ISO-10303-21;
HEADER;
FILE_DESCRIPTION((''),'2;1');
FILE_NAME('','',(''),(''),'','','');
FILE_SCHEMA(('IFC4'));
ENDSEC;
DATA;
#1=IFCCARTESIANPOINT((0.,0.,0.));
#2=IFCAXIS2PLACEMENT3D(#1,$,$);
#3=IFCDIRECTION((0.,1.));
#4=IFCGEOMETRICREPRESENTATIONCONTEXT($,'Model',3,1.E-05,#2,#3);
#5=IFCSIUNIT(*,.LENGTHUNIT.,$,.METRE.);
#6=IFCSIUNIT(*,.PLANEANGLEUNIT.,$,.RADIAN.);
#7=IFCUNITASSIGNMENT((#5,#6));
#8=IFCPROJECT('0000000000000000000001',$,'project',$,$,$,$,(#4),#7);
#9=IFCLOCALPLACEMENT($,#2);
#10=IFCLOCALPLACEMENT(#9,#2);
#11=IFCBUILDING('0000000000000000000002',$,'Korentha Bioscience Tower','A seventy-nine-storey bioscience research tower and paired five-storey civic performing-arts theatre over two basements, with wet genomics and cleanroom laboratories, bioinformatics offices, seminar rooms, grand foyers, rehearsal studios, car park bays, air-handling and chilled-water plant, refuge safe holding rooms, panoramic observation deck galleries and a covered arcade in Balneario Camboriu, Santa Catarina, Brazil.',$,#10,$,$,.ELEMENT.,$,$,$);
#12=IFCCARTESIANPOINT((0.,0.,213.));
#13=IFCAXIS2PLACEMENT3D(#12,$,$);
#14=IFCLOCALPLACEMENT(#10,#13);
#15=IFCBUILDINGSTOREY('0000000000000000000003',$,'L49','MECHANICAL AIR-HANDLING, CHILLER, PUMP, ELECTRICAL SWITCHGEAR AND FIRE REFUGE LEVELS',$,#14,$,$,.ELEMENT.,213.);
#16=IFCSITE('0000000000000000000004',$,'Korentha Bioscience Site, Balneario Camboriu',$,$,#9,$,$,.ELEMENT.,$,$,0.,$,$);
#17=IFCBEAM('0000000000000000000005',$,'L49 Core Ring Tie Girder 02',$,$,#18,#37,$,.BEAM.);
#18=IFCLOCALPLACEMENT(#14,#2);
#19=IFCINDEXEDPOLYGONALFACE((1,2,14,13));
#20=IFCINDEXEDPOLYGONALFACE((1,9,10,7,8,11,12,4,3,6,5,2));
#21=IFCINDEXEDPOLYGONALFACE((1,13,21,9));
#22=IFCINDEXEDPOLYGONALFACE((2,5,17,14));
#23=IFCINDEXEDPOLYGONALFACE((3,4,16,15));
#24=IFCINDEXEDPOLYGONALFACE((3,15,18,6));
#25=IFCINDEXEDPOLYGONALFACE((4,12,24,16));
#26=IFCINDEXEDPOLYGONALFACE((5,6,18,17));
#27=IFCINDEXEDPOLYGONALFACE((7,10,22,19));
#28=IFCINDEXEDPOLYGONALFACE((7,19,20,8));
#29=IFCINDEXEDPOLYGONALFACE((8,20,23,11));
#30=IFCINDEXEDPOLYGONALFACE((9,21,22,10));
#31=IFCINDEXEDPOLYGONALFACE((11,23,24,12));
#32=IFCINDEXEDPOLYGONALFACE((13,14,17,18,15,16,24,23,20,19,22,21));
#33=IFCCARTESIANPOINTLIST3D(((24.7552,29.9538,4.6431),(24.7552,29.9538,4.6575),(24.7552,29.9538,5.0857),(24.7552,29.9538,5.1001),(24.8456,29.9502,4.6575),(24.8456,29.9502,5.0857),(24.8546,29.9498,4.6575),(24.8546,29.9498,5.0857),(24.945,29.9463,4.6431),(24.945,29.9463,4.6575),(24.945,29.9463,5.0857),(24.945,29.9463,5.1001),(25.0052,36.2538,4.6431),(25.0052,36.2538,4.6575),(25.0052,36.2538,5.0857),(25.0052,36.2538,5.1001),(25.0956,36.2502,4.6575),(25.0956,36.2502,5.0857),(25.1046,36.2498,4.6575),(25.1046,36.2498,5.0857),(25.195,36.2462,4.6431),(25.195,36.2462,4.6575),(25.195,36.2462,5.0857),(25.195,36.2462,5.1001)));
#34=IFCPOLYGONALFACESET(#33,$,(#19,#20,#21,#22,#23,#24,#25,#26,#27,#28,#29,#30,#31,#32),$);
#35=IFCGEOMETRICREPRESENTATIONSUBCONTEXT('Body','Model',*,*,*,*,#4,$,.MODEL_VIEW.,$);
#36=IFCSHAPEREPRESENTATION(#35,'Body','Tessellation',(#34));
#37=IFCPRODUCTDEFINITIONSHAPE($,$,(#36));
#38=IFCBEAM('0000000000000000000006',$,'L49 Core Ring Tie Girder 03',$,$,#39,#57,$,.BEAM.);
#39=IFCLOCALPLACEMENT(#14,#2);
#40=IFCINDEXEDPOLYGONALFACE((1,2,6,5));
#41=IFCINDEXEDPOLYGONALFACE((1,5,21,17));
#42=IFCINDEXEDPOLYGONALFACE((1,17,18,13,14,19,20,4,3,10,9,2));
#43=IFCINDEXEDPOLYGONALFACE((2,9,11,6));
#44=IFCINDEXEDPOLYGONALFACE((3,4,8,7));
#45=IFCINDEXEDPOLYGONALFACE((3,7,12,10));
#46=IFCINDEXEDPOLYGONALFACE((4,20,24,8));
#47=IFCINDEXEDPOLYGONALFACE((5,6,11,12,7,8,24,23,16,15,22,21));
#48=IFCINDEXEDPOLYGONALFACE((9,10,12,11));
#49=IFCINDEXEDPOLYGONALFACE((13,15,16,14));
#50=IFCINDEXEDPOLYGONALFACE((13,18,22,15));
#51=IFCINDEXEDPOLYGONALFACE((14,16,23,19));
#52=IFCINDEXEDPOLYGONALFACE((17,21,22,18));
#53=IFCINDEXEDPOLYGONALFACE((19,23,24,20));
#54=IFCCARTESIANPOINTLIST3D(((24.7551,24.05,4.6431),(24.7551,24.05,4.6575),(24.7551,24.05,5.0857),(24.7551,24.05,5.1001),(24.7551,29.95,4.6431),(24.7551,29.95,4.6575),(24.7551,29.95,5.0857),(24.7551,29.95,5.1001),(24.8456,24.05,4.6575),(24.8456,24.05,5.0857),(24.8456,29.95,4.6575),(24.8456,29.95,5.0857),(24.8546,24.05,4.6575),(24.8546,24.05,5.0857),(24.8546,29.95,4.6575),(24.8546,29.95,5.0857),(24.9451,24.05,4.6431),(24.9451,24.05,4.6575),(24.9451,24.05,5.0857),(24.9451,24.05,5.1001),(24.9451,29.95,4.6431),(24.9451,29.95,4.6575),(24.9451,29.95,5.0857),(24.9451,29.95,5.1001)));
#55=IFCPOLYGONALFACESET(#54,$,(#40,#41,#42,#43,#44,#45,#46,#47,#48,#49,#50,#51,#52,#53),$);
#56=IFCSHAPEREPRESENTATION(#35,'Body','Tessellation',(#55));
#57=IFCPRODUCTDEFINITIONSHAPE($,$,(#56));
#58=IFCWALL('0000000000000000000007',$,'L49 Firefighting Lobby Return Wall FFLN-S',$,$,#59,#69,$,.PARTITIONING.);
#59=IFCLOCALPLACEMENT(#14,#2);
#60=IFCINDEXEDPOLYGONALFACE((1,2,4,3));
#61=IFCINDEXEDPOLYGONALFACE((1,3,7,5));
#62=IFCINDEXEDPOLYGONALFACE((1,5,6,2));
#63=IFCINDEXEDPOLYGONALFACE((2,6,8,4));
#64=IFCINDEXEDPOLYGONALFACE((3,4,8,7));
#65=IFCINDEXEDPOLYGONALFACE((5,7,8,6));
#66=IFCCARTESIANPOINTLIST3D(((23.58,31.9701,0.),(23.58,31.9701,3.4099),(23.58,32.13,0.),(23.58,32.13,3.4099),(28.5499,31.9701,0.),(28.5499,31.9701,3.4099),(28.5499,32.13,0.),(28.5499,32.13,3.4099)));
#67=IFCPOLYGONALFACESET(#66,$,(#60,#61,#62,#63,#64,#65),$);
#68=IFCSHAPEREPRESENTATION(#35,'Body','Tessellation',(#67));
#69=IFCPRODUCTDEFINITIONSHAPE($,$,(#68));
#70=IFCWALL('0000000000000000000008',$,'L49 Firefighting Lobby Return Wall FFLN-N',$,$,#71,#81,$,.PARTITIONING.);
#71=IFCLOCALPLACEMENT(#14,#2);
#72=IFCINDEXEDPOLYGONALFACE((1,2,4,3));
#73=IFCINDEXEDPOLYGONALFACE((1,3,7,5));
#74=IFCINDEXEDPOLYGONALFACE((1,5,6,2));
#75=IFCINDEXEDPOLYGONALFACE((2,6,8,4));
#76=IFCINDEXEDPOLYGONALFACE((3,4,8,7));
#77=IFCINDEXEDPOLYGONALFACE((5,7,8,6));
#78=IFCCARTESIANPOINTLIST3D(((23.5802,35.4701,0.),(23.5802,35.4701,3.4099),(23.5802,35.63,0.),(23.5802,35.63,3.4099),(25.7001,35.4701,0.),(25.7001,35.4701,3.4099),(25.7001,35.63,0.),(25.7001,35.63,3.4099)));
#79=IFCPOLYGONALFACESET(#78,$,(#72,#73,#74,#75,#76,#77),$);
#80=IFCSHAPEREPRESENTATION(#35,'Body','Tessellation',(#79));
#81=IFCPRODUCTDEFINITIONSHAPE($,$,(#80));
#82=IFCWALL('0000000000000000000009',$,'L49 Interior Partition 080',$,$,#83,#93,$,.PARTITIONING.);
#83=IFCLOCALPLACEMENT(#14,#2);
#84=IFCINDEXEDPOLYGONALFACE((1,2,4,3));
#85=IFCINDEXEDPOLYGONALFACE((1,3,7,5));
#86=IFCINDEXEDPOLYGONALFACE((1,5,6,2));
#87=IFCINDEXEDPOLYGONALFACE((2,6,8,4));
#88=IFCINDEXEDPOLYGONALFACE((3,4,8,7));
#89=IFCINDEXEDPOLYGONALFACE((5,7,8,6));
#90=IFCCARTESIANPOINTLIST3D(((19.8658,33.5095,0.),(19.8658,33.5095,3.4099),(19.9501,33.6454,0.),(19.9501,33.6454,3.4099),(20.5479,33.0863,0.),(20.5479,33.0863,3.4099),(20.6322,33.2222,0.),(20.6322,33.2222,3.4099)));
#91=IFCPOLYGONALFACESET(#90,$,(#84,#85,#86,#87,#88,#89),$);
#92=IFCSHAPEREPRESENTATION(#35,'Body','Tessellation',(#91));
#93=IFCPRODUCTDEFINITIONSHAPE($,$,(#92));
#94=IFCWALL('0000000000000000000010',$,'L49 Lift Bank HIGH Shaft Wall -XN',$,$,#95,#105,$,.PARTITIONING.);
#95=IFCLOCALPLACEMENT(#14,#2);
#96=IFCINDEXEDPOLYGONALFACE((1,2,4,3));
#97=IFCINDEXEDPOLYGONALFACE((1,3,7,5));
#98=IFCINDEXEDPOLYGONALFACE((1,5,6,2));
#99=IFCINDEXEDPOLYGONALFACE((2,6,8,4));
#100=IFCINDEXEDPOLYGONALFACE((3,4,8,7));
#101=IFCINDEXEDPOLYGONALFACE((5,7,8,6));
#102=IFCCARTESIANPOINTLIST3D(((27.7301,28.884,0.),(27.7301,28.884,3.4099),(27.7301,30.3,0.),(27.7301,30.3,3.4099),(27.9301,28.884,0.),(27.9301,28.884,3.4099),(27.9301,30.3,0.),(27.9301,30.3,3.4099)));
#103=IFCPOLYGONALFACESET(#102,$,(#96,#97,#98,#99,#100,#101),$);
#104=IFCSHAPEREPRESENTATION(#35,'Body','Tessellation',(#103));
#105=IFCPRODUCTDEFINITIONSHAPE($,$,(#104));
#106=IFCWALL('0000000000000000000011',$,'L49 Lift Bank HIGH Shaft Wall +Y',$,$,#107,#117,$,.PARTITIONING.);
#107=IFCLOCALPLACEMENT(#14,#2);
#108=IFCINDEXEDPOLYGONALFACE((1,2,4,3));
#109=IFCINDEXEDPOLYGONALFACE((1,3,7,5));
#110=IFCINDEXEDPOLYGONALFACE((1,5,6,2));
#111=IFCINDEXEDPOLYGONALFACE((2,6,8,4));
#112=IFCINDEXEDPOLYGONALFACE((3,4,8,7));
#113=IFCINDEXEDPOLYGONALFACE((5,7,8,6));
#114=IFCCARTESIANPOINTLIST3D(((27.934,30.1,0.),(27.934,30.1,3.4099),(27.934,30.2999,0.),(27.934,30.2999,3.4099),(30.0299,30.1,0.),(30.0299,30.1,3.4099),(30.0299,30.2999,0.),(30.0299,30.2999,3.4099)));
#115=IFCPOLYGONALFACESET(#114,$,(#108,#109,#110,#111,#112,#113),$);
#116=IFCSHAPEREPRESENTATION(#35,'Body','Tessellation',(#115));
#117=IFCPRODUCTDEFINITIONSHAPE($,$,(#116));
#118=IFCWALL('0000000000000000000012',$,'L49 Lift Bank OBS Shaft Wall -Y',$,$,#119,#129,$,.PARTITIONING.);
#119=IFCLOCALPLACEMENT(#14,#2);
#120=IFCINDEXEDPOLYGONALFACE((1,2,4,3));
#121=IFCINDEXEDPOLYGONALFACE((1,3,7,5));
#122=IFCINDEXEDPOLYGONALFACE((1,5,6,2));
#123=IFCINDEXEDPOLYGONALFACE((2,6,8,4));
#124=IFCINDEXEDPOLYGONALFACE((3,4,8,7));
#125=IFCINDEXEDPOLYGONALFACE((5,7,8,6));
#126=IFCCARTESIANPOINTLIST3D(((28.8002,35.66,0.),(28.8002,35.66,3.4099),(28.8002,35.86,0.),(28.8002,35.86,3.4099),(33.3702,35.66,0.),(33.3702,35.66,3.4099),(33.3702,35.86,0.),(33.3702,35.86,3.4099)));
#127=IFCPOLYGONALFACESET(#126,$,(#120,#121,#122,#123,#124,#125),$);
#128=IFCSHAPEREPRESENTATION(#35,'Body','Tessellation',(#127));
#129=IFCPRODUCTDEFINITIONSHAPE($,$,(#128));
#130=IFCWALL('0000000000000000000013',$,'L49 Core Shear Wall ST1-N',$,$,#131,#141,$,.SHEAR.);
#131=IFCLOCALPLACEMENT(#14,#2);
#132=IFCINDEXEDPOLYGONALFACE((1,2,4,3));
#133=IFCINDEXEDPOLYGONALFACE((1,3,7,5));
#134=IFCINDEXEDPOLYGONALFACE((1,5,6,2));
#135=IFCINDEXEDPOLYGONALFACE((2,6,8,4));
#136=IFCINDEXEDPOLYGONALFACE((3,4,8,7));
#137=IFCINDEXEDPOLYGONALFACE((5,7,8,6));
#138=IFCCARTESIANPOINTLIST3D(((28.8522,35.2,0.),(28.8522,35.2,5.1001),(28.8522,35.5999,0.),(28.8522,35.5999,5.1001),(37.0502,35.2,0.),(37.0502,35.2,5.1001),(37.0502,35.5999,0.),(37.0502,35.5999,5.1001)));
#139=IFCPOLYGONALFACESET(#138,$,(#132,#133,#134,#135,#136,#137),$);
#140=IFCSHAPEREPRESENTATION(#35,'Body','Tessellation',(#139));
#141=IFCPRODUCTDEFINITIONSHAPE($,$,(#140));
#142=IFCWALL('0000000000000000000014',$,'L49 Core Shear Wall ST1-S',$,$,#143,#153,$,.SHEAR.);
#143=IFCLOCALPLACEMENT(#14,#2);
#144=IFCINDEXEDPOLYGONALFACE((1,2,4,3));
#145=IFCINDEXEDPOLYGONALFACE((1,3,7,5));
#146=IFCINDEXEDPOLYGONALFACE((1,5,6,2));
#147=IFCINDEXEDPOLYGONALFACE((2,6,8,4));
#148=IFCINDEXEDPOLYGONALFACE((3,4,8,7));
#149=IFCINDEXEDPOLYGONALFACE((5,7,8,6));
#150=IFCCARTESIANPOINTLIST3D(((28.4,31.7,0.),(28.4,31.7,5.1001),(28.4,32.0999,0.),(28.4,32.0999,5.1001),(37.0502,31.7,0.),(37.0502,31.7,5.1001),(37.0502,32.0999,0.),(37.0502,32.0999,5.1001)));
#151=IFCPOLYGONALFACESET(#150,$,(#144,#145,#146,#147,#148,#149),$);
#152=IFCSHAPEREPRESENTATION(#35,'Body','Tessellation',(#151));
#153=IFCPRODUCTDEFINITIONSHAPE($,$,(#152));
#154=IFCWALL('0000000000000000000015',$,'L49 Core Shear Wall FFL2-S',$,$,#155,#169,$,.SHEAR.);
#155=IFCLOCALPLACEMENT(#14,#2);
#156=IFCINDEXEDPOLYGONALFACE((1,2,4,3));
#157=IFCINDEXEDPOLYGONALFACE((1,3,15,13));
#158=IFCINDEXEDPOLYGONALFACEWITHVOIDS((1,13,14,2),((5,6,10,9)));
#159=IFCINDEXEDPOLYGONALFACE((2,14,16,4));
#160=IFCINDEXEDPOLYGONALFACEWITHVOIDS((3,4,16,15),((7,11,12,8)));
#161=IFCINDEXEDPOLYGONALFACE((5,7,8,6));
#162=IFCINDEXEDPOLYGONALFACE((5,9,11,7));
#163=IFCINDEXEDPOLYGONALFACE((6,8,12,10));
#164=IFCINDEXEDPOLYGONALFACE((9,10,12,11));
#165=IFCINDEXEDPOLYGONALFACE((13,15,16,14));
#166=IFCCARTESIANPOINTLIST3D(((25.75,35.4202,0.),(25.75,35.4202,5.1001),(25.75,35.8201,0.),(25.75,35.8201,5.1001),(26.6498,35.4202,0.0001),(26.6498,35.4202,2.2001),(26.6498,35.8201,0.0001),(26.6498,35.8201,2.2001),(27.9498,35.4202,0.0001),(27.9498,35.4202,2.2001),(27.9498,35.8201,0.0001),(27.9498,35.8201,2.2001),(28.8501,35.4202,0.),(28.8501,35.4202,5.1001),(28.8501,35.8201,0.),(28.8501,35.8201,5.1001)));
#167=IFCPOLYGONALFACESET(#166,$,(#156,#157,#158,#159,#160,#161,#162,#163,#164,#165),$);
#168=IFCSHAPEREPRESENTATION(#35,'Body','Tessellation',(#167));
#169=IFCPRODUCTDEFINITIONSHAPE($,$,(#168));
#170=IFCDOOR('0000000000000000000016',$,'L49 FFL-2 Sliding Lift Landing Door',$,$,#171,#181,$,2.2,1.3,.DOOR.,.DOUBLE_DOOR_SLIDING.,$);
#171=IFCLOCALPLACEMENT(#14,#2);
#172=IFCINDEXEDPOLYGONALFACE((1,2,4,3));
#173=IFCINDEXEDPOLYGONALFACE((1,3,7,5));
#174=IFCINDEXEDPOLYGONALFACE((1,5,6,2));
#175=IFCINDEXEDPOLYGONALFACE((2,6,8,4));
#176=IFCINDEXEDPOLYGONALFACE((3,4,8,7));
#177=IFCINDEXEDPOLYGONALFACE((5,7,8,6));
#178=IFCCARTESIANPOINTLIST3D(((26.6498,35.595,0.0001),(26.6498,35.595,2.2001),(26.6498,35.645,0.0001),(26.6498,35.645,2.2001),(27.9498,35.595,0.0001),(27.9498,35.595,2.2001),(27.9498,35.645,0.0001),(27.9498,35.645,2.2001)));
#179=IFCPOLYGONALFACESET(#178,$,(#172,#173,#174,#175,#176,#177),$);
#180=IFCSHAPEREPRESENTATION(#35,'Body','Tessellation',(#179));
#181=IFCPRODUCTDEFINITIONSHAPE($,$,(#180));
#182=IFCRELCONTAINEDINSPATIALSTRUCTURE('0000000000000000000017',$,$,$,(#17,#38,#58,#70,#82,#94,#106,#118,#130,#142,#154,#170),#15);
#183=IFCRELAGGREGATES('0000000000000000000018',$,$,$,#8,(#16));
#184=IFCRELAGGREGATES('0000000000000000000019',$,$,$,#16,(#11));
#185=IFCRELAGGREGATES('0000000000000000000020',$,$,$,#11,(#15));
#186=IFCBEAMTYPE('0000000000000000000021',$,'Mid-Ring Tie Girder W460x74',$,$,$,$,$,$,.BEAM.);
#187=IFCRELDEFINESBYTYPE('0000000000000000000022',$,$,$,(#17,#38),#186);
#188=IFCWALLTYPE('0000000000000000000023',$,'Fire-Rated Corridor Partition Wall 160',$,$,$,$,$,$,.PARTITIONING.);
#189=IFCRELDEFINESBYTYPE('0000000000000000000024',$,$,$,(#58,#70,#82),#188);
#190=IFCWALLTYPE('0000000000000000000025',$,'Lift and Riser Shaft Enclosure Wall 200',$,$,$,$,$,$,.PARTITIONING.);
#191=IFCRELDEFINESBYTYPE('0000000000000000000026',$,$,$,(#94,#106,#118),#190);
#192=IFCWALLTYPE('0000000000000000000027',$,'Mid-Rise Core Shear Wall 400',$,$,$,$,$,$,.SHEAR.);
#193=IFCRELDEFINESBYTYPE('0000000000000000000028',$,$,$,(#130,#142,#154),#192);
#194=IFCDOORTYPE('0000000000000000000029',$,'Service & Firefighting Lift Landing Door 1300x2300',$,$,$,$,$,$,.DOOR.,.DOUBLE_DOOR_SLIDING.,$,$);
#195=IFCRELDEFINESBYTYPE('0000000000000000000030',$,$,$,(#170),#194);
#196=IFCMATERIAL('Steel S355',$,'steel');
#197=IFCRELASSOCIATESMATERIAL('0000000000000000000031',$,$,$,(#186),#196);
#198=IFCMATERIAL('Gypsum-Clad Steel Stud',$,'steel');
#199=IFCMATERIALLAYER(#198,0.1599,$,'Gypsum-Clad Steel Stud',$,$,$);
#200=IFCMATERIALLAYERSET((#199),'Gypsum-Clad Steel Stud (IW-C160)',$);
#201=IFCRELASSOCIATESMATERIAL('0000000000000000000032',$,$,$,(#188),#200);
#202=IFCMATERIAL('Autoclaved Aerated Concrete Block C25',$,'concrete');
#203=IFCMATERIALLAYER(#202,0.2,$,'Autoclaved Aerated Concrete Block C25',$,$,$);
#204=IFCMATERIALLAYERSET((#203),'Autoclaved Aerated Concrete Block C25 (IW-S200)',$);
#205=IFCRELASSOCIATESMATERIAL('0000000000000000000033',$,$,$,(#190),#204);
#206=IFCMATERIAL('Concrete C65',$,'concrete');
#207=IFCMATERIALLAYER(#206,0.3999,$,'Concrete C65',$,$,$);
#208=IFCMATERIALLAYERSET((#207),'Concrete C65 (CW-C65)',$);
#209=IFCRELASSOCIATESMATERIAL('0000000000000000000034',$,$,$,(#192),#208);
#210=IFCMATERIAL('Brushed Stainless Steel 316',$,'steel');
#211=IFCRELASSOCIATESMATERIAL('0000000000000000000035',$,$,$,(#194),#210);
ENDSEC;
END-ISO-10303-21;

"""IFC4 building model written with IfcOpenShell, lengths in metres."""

from ifc_helpers import new_model, si_unit, direction, frame, frame_2d, origin, origin_2d, place, context, subcontext, project, spatial, rectangle, i_section, extrude, material, layer, layer_set, material_profile, profile_set, type_object, element, fill, save


model = new_model("IFC4")

# Units and contexts
model_context = context("Model", 3, precision=1e-05, world=origin(), true_north=direction((0.0, 1.0)))
body_context = subcontext(model_context, "Body", "Model", "MODEL_VIEW")
ifc_project = project(units=[si_unit("LENGTHUNIT", "METRE"), si_unit("PLANEANGLEUNIT", "RADIAN")], contexts=[model_context])

# Site, building, storey
site_placement = place(None, origin())
site = spatial("IfcSite", under=ifc_project, at=site_placement, Name="Korentha Bioscience Site, Balneario Camboriu", CompositionType="ELEMENT", RefElevation=0.0)
building_placement = place(site_placement, origin())
building = spatial("IfcBuilding", under=site, at=building_placement, Name="Korentha Bioscience Tower", Description="A seventy-nine-storey bioscience research tower and paired five-storey civic performing-arts theatre over two basements, with wet genomics and cleanroom laboratories, bioinformatics offices, seminar rooms, grand foyers, rehearsal studios, car park bays, air-handling and chilled-water plant, refuge safe holding rooms, panoramic observation deck galleries and a covered arcade in Balneario Camboriu, Santa Catarina, Brazil.", CompositionType="ELEMENT")
storey_placement = place(building_placement, frame((0.0, 0.0, 213.0)))
storey = spatial("IfcBuildingStorey", under=building, at=storey_placement, Name="L49", Description="MECHANICAL AIR-HANDLING, CHILLER, PUMP, ELECTRICAL SWITCHGEAR AND FIRE REFUGE LEVELS", CompositionType="ELEMENT", Elevation=213.0)

# Shared definitions
ifc_material_1 = material(Name="Concrete C65", Category="concrete")

# Beams
ifc_material_2 = material(Name="Steel S355", Category="steel")
ifc_material_profile_1 = material_profile(ifc_material_2, i_section(OverallWidth=0.1899, OverallDepth=0.457, WebThickness=0.009, FlangeThickness=0.0144, at=origin_2d()), Name="Steel S355")
ifc_profile_set_1 = profile_set([ifc_material_profile_1], Name="Steel S355 (MB-460)")
beam_type_1 = type_object("IfcBeamType", Name="Mid-Ring Tie Girder W460x74", PredefinedType="BEAM", material=ifc_profile_set_1)
beam_1_placement = place(storey_placement, frame((25.1001, 36.25, 4.8716), z_axis=(-0.039651, -0.999214, 0.0), x_axis=(0.999214, -0.039651, 0.0)))
element("IfcBeam", 1, at=beam_1_placement, inside=storey, type_object=beam_type_1, Name="L49 Core Ring Tie Girder 02", PredefinedType="BEAM", context=body_context, shape_type="SweptSolid", body=[
    extrude(i_section(OverallWidth=0.1899, OverallDepth=0.457, WebThickness=0.009, FlangeThickness=0.0144, at=origin_2d()), origin(), (0.0, 0.0, 1.0), 6.3049),
])
beam_2_placement = place(storey_placement, frame((24.8501, 29.95, 4.8716), z_axis=(0.0, -1.0, 0.0), x_axis=(1.0, 0.0, 0.0)))
element("IfcBeam", 2, at=beam_2_placement, inside=storey, type_object=beam_type_1, Name="L49 Core Ring Tie Girder 03", PredefinedType="BEAM", context=body_context, shape_type="SweptSolid", body=[
    extrude(i_section(OverallWidth=0.1899, OverallDepth=0.457, WebThickness=0.009, FlangeThickness=0.0144, at=origin_2d()), origin(), (0.0, 0.0, 1.0), 5.8999),
])

# Shared definitions
ifc_material_3 = material(Name="Gypsum-Clad Steel Stud", Category="steel")
ifc_layer_1 = layer(ifc_material_3, 0.1599, Name="Gypsum-Clad Steel Stud")
ifc_layer_set_1 = layer_set([ifc_layer_1], Name="Gypsum-Clad Steel Stud (IW-C160)")
wall_type_1 = type_object("IfcWallType", Name="Fire-Rated Corridor Partition Wall 160", PredefinedType="PARTITIONING", material=ifc_layer_set_1)

# Walls
wall_1_placement = place(storey_placement, frame((23.5801, 32.05, 0.0), z_axis=(0.0, 0.0, 1.0), x_axis=(1.0, 0.0, 0.0)))
element("IfcWall", 3, at=wall_1_placement, inside=storey, type_object=wall_type_1, Name="L49 Firefighting Lobby Return Wall FFLN-S", PredefinedType="PARTITIONING", context=body_context, shape_type="SweptSolid", body=[
    extrude(rectangle(XDim=4.97, YDim=0.1599, at=frame_2d((2.4849, 0.0))), origin(), (0.0, 0.0, 1.0), 3.4099),
])
wall_2_placement = place(storey_placement, frame((23.5801, 35.55, 0.0), z_axis=(0.0, 0.0, 1.0), x_axis=(1.0, 0.0, 0.0)))
element("IfcWall", 4, at=wall_2_placement, inside=storey, type_object=wall_type_1, Name="L49 Firefighting Lobby Return Wall FFLN-N", PredefinedType="PARTITIONING", context=body_context, shape_type="SweptSolid", body=[
    extrude(rectangle(XDim=2.1199, YDim=0.1599, at=frame_2d((1.0601, 0.0))), origin(), (0.0, 0.0, 1.0), 3.4099),
])
wall_3_placement = place(storey_placement, frame((20.5901, 33.1543, 0.0), z_axis=(0.0, 0.0, 1.0), x_axis=(-0.849805, 0.527098, 0.0)))
element("IfcWall", 5, at=wall_3_placement, inside=storey, type_object=wall_type_1, Name="L49 Interior Partition 080", PredefinedType="PARTITIONING", context=body_context, shape_type="SweptSolid", body=[
    extrude(rectangle(XDim=0.8027, YDim=0.1599, at=frame_2d((0.4014, 0.0))), origin(), (0.0, 0.0, 1.0), 3.4099),
])
ifc_material_4 = material(Name="Autoclaved Aerated Concrete Block C25", Category="concrete")
ifc_layer_2 = layer(ifc_material_4, 0.2, Name="Autoclaved Aerated Concrete Block C25")
ifc_layer_set_2 = layer_set([ifc_layer_2], Name="Autoclaved Aerated Concrete Block C25 (IW-S200)")
wall_type_2 = type_object("IfcWallType", Name="Lift and Riser Shaft Enclosure Wall 200", PredefinedType="PARTITIONING", material=ifc_layer_set_2)
wall_4_placement = place(storey_placement, frame((27.8301, 28.884, 0.0), z_axis=(0.0, 0.0, 1.0), x_axis=(0.0, 1.0, 0.0)))
element("IfcWall", 6, at=wall_4_placement, inside=storey, type_object=wall_type_2, Name="L49 Lift Bank HIGH Shaft Wall -XN", PredefinedType="PARTITIONING", context=body_context, shape_type="SweptSolid", body=[
    extrude(rectangle(XDim=1.416, YDim=0.2, at=frame_2d((0.708, 0.0))), origin(), (0.0, 0.0, 1.0), 3.4099),
])
wall_5_placement = place(storey_placement, frame((27.9341, 30.2, 0.0), z_axis=(0.0, 0.0, 1.0), x_axis=(1.0, 0.0, 0.0)))
element("IfcWall", 7, at=wall_5_placement, inside=storey, type_object=wall_type_2, Name="L49 Lift Bank HIGH Shaft Wall +Y", PredefinedType="PARTITIONING", context=body_context, shape_type="SweptSolid", body=[
    extrude(rectangle(XDim=2.0959, YDim=0.2, at=frame_2d((1.0479, 0.0))), origin(), (0.0, 0.0, 1.0), 3.4099),
])
wall_6_placement = place(storey_placement, frame((28.8, 35.76, 0.0), z_axis=(0.0, 0.0, 1.0), x_axis=(1.0, 0.0, 0.0)))
element("IfcWall", 8, at=wall_6_placement, inside=storey, type_object=wall_type_2, Name="L49 Lift Bank OBS Shaft Wall -Y", PredefinedType="PARTITIONING", context=body_context, shape_type="SweptSolid", body=[
    extrude(rectangle(XDim=4.5701, YDim=0.2, at=frame_2d((2.2852, 0.0))), origin(), (0.0, 0.0, 1.0), 3.4099),
])
ifc_layer_3 = layer(ifc_material_1, 0.3999, Name="Concrete C65")
ifc_layer_set_3 = layer_set([ifc_layer_3], Name="Concrete C65 (CW-C65)")
wall_type_3 = type_object("IfcWallType", Name="Mid-Rise Core Shear Wall 400", PredefinedType="SHEAR", material=ifc_layer_set_3)
wall_7_placement = place(storey_placement, frame((28.8521, 35.3999, 0.0), z_axis=(0.0, 0.0, 1.0), x_axis=(1.0, 0.0, 0.0)))
element("IfcWall", 9, at=wall_7_placement, inside=storey, type_object=wall_type_3, Name="L49 Core Shear Wall ST1-N", PredefinedType="SHEAR", context=body_context, shape_type="SweptSolid", body=[
    extrude(rectangle(XDim=8.198, YDim=0.3999, at=frame_2d((4.0991, 0.0))), origin(), (0.0, 0.0, 1.0), 5.1001),
])
wall_8_placement = place(storey_placement, frame((28.3999, 31.8999, 0.0), z_axis=(0.0, 0.0, 1.0), x_axis=(1.0, 0.0, 0.0)))
element("IfcWall", 10, at=wall_8_placement, inside=storey, type_object=wall_type_3, Name="L49 Core Shear Wall ST1-S", PredefinedType="SHEAR", context=body_context, shape_type="SweptSolid", body=[
    extrude(rectangle(XDim=8.6501, YDim=0.3999, at=frame_2d((4.3252, 0.0))), origin(), (0.0, 0.0, 1.0), 5.1001),
])

# Wall, opening, door
wall_9_placement = place(storey_placement, frame((25.75, 35.6201, 0.0), z_axis=(0.0, 0.0, 1.0), x_axis=(1.0, 0.0, 0.0)))
wall_9 = element("IfcWall", 11, at=wall_9_placement, inside=storey, type_object=wall_type_3, Name="L49 Core Shear Wall FFL2-S", PredefinedType="SHEAR", context=body_context, shape_type="SweptSolid", body=[
    extrude(rectangle(XDim=3.1001, YDim=0.3999, at=frame_2d((1.55, 0.0))), origin(), (0.0, 0.0, 1.0), 5.1001),
])
opening_1_placement = place(wall_9_placement, frame((0.8999, 0.0, 0.0)))
opening_1 = element("IfcOpeningElement", 12, at=opening_1_placement, cuts=wall_9, PredefinedType="OPENING", context=body_context, shape_type="SweptSolid", body=[
    extrude(rectangle(XDim=1.3, YDim=2.2, at=frame_2d((0.6499, 1.1001))), frame((0.0, 0.2148, 0.0), z_axis=(0.0, -1.0, 0.0), x_axis=(1.0, 0.0, 0.0)), (0.0, 0.0, 1.0), 0.4297),
])
ifc_material_5 = material(Name="Brushed Stainless Steel 316", Category="steel")
door_type_1 = type_object("IfcDoorType", Name="Service & Firefighting Lift Landing Door 1300x2300", OperationType="DOUBLE_DOOR_SLIDING", PredefinedType="DOOR", material=ifc_material_5)
door_1_placement = place(opening_1_placement, origin())
door_1 = element("IfcDoor", 13, at=door_1_placement, inside=storey, type_object=door_type_1, Name="L49 FFL-2 Sliding Lift Landing Door", OperationType="DOUBLE_DOOR_SLIDING", OverallHeight=2.2, OverallWidth=1.3, PredefinedType="DOOR", context=body_context, shape_type="SweptSolid", body=[
    extrude(rectangle(XDim=1.3, YDim=2.2, at=frame_2d((0.6499, 1.1001))), frame((0.0, 0.0249, 0.0), z_axis=(0.0, -1.0, 0.0), x_axis=(1.0, 0.0, 0.0)), (0.0, 0.0, 1.0), 0.05),
])
fill(opening_1, door_1)

save(model, "model.ifc")
